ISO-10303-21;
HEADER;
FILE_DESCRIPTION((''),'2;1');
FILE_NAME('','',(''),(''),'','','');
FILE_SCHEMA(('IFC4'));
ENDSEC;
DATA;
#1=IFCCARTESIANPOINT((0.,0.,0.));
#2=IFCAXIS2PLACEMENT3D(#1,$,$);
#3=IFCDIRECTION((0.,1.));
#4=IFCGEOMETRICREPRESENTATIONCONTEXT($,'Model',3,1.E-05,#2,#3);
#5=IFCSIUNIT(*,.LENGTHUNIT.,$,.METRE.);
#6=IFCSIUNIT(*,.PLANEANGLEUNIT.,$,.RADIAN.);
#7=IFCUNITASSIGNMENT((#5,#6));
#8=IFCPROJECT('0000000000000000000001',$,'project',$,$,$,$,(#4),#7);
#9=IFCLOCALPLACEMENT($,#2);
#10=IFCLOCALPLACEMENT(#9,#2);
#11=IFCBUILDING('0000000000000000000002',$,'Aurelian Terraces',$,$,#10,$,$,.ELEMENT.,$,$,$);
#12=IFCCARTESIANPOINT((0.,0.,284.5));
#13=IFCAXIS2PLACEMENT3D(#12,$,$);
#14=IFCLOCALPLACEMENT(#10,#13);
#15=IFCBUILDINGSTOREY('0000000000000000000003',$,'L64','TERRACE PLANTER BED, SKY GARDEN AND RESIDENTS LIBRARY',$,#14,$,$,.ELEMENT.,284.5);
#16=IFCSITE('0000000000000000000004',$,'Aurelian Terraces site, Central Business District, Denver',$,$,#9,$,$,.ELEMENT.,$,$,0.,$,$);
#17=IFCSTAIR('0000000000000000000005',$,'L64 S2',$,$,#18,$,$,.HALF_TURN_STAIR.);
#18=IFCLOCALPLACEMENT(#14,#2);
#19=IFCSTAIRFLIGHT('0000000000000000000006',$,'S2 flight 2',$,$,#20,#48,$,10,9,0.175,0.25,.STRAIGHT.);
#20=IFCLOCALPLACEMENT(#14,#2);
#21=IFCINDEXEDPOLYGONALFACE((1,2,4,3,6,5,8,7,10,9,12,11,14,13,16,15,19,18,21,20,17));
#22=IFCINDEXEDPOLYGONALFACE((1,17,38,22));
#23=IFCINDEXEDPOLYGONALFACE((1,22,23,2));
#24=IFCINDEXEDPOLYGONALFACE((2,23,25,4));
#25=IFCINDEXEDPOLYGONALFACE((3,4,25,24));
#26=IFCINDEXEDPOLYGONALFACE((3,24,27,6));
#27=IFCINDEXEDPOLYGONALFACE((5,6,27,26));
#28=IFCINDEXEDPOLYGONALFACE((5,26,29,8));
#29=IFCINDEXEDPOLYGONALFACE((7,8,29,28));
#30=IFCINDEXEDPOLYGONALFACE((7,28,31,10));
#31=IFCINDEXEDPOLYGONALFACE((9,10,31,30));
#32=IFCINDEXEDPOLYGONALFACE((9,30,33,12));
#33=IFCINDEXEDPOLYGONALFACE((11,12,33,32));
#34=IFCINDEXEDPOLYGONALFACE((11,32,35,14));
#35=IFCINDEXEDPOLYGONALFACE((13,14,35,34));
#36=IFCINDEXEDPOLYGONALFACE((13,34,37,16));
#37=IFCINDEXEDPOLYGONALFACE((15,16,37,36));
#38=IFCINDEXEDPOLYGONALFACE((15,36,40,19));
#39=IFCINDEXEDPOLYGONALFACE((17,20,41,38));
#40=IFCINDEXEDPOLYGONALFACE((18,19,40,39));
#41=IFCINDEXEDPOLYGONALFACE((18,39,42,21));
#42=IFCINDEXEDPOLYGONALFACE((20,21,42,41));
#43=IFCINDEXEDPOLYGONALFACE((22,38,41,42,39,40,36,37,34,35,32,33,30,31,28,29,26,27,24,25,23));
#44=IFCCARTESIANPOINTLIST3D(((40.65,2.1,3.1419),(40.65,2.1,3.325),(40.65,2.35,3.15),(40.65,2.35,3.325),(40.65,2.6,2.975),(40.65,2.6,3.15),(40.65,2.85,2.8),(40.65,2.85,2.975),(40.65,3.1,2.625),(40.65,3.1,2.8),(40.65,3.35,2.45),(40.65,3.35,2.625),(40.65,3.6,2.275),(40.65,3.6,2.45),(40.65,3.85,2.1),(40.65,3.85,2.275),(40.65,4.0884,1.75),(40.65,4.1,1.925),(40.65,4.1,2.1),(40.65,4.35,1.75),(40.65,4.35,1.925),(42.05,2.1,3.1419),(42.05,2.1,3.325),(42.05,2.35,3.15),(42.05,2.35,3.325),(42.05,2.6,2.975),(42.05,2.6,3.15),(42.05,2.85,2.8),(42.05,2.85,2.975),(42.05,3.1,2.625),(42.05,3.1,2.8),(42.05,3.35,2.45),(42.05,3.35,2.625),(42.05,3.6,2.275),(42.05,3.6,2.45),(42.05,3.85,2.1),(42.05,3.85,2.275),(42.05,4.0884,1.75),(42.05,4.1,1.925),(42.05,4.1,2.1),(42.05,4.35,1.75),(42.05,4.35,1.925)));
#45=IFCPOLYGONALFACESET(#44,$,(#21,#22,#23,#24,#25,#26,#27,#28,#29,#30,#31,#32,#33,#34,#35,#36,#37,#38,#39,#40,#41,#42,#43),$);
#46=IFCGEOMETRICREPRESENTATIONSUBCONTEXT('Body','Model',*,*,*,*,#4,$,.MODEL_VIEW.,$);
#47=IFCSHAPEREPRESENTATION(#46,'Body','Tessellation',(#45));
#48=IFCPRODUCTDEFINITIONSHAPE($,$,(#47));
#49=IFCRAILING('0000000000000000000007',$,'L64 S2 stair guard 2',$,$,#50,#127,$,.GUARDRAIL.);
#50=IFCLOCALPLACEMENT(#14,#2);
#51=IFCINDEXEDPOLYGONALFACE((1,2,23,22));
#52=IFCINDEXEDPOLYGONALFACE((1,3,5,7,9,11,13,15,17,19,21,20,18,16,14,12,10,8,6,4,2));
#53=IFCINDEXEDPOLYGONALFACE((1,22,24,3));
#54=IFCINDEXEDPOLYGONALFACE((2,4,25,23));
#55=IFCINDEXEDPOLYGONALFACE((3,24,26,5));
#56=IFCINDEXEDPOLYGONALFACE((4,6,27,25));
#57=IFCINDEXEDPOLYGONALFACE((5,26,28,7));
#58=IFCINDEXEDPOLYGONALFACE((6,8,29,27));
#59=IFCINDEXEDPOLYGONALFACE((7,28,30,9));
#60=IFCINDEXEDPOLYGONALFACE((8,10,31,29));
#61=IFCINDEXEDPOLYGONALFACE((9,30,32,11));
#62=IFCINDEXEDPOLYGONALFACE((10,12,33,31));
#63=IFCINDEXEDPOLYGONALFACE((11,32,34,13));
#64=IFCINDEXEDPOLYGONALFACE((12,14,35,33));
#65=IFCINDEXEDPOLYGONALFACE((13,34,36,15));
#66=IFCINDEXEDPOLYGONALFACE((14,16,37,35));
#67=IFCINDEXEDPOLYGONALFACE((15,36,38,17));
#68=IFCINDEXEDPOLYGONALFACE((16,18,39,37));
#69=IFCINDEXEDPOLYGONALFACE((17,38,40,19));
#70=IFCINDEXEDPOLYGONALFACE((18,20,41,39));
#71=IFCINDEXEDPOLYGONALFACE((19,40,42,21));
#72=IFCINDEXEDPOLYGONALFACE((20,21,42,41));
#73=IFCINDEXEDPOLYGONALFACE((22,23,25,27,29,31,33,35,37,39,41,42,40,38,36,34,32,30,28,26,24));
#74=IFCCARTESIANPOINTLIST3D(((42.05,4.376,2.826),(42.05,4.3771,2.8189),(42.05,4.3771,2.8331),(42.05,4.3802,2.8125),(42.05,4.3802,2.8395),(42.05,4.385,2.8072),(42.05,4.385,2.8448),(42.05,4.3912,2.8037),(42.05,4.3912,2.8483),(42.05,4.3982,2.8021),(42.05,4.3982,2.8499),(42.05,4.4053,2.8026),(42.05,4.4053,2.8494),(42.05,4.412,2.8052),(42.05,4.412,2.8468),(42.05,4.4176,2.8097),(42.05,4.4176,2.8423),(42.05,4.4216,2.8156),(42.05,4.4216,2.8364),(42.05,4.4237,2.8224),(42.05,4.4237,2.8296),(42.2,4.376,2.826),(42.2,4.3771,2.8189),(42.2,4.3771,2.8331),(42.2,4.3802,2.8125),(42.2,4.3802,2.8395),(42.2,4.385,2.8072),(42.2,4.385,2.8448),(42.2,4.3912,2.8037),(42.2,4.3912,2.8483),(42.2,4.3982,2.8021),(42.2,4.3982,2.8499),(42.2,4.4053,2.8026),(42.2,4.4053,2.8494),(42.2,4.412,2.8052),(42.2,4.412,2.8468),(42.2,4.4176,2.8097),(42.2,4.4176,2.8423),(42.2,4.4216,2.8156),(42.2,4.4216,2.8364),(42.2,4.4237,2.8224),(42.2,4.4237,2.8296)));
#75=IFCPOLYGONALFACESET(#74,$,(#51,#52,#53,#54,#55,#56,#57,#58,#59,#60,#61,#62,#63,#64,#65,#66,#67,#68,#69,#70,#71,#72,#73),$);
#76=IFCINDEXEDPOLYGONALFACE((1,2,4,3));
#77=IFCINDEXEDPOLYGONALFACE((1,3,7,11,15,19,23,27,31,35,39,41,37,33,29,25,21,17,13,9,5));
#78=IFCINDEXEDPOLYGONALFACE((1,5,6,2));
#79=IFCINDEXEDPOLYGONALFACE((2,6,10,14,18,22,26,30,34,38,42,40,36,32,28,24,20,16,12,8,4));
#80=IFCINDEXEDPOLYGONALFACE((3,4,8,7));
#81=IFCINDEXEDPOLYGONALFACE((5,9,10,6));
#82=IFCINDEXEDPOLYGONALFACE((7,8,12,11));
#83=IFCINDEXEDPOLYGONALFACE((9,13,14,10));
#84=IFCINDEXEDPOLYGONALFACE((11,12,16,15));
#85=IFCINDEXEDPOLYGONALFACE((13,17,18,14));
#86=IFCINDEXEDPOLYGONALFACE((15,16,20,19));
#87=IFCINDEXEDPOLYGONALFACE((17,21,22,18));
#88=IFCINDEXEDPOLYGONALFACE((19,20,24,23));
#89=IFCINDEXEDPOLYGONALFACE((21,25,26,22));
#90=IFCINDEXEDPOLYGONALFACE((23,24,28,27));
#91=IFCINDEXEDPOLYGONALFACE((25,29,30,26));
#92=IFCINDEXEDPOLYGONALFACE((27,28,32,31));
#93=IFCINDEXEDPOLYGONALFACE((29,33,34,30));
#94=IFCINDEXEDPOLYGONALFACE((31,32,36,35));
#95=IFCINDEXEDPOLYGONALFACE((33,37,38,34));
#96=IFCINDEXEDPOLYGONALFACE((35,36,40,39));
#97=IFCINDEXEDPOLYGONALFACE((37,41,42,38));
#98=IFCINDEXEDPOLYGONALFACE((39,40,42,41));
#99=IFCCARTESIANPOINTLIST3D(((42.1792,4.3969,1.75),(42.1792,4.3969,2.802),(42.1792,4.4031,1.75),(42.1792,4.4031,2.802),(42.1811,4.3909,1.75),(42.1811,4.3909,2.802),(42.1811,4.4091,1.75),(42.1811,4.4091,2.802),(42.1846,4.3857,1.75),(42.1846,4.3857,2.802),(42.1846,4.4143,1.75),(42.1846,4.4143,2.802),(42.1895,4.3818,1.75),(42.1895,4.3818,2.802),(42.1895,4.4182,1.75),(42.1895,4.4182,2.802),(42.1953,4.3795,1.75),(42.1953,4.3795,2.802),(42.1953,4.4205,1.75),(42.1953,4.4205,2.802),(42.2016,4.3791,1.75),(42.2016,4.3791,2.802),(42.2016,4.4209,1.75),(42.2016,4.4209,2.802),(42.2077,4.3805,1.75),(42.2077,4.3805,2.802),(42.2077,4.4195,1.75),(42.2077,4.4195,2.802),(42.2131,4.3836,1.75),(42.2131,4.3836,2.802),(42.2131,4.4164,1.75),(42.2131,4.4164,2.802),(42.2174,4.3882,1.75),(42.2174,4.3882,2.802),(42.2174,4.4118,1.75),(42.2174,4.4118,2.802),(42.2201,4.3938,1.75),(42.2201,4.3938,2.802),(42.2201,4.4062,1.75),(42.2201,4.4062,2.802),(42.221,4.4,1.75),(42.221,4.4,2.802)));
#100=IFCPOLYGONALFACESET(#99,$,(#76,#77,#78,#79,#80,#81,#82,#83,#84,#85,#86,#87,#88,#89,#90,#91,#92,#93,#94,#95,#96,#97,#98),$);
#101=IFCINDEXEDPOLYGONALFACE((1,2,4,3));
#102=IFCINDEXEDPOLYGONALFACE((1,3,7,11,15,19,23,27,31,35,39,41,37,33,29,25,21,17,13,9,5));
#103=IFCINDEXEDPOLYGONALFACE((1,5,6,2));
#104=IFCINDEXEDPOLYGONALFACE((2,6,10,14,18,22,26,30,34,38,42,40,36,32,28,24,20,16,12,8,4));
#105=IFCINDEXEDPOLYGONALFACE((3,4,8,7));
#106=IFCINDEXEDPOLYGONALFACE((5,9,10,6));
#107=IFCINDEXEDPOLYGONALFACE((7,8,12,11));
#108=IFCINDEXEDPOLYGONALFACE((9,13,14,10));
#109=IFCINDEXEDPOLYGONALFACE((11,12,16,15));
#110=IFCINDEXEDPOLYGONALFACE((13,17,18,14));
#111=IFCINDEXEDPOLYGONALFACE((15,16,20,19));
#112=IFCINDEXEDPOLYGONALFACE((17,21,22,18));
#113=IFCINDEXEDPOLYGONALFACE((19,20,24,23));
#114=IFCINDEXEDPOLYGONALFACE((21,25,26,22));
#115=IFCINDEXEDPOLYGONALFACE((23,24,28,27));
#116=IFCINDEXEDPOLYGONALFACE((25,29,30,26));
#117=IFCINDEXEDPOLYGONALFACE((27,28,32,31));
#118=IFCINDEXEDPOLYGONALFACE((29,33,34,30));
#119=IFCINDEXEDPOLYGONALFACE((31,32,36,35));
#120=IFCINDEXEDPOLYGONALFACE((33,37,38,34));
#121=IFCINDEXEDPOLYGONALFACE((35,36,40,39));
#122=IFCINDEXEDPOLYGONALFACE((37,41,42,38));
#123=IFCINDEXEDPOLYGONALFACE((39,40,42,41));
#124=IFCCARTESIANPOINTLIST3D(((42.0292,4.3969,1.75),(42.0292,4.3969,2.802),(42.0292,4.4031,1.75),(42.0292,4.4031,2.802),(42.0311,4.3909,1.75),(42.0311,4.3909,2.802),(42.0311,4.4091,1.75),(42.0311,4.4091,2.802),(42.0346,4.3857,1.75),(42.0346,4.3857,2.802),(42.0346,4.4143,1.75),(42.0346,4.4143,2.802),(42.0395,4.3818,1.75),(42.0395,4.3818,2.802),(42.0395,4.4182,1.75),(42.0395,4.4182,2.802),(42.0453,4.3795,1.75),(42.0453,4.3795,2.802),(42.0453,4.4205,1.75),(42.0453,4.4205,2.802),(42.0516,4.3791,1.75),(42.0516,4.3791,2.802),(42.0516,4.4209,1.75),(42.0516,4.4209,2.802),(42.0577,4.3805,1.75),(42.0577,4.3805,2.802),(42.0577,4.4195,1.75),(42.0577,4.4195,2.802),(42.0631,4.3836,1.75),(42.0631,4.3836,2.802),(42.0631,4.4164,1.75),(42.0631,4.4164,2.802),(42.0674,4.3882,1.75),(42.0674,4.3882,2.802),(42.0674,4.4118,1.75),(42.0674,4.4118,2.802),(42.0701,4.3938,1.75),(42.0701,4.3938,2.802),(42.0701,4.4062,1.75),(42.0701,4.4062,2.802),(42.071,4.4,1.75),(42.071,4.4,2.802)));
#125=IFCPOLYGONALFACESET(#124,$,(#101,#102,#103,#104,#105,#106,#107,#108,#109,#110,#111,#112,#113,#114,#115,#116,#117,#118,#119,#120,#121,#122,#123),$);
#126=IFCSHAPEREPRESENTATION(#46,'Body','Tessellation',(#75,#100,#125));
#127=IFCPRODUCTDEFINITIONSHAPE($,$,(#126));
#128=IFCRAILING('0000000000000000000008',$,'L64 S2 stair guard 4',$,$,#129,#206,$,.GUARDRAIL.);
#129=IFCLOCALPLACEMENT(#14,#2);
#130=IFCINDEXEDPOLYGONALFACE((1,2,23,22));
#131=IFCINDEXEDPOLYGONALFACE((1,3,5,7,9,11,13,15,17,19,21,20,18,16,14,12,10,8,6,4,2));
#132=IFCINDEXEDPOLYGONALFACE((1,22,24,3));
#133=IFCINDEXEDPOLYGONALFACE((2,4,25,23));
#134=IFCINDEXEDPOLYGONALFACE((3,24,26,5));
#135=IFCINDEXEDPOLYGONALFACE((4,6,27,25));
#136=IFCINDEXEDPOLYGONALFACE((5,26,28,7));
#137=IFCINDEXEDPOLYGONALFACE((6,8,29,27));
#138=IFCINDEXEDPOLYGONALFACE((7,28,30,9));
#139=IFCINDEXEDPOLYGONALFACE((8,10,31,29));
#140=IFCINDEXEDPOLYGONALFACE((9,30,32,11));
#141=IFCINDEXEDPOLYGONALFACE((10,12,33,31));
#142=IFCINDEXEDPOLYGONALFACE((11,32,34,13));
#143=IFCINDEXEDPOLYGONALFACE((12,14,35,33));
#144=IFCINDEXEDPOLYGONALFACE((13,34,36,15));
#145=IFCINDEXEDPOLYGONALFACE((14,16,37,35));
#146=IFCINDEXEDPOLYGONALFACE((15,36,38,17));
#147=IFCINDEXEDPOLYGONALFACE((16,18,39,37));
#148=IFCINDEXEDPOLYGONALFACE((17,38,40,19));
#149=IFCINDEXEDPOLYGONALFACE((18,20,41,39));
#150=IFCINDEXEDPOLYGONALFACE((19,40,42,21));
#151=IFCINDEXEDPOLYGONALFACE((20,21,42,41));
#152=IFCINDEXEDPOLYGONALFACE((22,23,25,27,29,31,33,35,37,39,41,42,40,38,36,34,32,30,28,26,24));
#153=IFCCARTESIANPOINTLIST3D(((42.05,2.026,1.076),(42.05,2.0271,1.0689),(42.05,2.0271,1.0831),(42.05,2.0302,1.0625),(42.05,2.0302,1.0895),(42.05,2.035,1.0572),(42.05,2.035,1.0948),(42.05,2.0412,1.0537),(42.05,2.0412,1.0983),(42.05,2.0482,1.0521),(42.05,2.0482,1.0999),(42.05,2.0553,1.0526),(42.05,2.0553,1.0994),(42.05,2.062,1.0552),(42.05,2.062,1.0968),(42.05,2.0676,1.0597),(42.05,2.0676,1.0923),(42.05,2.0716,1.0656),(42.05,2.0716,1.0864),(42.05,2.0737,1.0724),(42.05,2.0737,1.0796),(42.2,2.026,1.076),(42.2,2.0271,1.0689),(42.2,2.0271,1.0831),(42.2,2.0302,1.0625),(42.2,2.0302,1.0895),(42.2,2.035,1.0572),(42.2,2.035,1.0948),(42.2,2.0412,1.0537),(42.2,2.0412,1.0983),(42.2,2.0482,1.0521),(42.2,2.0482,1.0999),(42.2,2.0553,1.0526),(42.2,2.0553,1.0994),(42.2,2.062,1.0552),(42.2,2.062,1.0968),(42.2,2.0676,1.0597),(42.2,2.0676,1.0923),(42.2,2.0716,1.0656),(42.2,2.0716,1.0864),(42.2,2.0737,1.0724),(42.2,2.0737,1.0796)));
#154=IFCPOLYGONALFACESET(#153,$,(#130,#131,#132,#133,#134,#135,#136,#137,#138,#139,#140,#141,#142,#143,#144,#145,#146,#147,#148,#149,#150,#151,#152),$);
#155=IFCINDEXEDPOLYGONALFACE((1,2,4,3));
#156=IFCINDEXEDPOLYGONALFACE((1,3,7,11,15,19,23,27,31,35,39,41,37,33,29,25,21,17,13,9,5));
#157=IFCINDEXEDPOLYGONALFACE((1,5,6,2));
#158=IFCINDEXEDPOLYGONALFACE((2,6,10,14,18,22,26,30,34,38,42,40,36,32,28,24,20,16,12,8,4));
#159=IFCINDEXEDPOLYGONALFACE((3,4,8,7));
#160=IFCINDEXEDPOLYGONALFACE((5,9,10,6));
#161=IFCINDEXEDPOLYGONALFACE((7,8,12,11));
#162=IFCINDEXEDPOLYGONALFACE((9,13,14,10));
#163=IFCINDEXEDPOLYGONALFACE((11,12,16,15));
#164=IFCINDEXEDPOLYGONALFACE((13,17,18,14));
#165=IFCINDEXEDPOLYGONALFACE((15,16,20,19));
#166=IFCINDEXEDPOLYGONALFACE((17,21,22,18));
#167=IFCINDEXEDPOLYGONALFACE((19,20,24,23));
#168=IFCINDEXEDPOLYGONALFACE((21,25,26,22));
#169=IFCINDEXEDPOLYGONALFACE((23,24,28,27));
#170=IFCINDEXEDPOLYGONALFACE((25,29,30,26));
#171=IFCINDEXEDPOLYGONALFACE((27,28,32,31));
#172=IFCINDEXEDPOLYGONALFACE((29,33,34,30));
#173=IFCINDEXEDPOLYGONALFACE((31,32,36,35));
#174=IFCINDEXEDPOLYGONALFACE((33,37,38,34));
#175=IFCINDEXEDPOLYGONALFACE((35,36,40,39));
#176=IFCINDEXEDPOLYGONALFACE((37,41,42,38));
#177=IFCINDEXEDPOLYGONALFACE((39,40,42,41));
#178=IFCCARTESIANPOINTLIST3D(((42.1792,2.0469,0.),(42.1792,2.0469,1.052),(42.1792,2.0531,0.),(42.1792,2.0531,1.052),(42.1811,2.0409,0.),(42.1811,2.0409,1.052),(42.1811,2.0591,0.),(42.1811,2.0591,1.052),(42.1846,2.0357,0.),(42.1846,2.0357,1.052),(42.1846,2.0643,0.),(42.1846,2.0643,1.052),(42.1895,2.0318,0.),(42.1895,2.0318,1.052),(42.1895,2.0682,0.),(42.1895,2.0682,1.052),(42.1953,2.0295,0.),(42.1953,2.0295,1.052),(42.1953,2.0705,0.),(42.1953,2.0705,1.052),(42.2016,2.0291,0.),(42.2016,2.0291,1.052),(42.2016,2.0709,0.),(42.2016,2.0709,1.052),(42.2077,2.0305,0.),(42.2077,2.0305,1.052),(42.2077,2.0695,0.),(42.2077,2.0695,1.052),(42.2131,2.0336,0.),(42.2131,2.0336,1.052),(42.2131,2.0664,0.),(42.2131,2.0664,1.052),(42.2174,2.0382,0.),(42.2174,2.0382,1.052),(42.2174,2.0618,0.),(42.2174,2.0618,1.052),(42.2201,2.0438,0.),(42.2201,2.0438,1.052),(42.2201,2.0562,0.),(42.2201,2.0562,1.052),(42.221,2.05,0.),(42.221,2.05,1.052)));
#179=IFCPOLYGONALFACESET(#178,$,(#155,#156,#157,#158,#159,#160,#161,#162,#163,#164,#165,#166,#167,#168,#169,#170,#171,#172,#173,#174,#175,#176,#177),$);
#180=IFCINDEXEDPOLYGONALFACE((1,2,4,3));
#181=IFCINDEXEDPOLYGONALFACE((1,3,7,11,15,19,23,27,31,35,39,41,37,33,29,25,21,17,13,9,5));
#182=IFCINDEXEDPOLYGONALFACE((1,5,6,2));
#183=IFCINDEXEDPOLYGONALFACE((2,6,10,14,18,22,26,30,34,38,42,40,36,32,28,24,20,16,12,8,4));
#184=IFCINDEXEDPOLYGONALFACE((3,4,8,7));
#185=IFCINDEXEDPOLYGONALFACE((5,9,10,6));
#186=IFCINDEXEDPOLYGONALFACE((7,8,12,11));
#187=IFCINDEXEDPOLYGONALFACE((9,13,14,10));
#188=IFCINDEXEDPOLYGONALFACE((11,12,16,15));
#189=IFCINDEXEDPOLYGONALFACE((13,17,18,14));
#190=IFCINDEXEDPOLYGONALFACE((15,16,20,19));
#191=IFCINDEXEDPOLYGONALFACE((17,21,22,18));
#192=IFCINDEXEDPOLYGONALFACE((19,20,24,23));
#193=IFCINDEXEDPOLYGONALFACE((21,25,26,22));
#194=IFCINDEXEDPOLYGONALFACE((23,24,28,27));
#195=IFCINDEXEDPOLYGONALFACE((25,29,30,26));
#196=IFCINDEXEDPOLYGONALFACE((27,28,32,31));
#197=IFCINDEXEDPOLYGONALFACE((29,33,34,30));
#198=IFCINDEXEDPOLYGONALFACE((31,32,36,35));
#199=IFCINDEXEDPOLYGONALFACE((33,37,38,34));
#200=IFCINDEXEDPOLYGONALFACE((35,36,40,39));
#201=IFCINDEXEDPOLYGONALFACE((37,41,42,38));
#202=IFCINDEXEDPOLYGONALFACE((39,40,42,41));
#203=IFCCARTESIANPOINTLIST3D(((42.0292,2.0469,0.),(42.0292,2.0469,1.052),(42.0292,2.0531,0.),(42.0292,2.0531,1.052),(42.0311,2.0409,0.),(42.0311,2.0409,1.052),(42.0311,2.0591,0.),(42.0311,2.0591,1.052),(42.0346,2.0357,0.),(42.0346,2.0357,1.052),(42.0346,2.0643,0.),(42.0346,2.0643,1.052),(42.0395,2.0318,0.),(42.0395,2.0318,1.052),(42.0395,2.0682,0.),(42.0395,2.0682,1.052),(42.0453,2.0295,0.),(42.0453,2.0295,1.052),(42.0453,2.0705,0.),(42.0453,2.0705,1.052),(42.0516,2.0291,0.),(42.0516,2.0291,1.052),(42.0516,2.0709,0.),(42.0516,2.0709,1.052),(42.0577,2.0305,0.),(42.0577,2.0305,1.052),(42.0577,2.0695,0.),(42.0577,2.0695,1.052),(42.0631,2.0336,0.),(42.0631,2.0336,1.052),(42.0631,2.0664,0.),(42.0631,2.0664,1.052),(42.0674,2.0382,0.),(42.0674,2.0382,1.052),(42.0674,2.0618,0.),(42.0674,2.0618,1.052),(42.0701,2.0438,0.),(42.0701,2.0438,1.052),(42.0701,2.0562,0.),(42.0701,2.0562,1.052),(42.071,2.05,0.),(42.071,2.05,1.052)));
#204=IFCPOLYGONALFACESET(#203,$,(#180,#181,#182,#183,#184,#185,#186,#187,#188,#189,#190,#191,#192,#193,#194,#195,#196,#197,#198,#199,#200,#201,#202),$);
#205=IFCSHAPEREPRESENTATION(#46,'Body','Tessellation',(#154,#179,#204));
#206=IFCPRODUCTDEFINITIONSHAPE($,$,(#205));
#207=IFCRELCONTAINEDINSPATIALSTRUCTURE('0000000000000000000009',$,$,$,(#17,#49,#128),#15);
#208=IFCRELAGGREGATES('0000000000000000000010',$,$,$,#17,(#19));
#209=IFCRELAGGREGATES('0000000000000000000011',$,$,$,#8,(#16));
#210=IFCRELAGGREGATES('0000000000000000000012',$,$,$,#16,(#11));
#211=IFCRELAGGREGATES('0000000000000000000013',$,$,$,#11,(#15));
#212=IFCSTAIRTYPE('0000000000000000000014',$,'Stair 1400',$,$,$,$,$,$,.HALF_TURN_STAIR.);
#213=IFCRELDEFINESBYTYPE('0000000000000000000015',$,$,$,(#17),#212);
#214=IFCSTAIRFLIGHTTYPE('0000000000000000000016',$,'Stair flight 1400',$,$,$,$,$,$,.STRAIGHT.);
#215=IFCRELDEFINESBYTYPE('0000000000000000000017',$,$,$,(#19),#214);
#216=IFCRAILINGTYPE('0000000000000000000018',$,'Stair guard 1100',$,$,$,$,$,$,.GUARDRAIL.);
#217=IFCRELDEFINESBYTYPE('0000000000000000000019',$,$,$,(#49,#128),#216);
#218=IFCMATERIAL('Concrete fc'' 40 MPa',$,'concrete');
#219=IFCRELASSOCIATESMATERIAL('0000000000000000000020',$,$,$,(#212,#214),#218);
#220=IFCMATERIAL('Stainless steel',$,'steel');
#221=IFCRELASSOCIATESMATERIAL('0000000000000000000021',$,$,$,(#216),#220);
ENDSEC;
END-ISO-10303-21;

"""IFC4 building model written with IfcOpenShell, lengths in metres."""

from ifc_helpers import new_model, si_unit, direction, frame, origin, origin_2d, place, context, subcontext, project, spatial, polyline, circle, outline, extrude, source, transform, mapped, material, type_object, element, aggregate, save


model = new_model("IFC4")

# Units and contexts
model_context = context("Model", 3, precision=1e-05, world=origin(), true_north=direction((0.0, 1.0)))
body_context = subcontext(model_context, "Body", "Model", "MODEL_VIEW")
ifc_project = project(units=[si_unit("LENGTHUNIT", "METRE"), si_unit("PLANEANGLEUNIT", "RADIAN")], contexts=[model_context])

# Site, building, storey
site_placement = place(None, origin())
site = spatial("IfcSite", under=ifc_project, at=site_placement, Name="Aurelian Terraces site, Central Business District, Denver", CompositionType="ELEMENT", RefElevation=0.0)
building_placement = place(site_placement, origin())
building = spatial("IfcBuilding", under=site, at=building_placement, Name="Aurelian Terraces", CompositionType="ELEMENT")
storey_placement = place(building_placement, frame((0.0, 0.0, 284.5)))
storey = spatial("IfcBuildingStorey", under=building, at=storey_placement, Name="L64", Description="TERRACE PLANTER BED, SKY GARDEN AND RESIDENTS LIBRARY", CompositionType="ELEMENT", Elevation=284.5)

# Shared definitions
ifc_material_1 = material(Name="Concrete fc' 40 MPa", Category="concrete")

# Stair, stair flight
stair_type = type_object("IfcStairType", Name="Stair 1400", PredefinedType="HALF_TURN_STAIR", material=ifc_material_1)
stair_placement = place(storey_placement, origin())
stair = element("IfcStair", 1, at=stair_placement, inside=storey, type_object=stair_type, Name="L64 S2", PredefinedType="HALF_TURN_STAIR")
stair_flight_type = type_object("IfcStairFlightType", Name="Stair flight 1400", PredefinedType="STRAIGHT", material=ifc_material_1)
shared_shape_1 = source(origin(), body_context, "Body", "SweptSolid", [
    extrude(outline(polyline([(0.0, 0.0), (0.0, 0.175), (0.25, 0.175), (0.25, 0.35), (0.5, 0.35), (0.5, 0.525), (0.75, 0.525), (0.75, 0.7), (1.0, 0.7), (1.0, 0.875), (1.25, 0.875), (1.25, 1.05), (1.5, 1.05), (1.5, 1.225), (1.75, 1.225), (1.75, 1.4), (2.0, 1.4), (2.0, 1.575), (2.25, 1.575), (2.25, 1.75), (2.25, 1.3919), (0.2616, 0.0), (0.0, 0.0)])), frame((0.0, 0.7, 0.0), z_axis=(0.0, -1.0, 0.0), x_axis=(1.0, 0.0, 0.0)), (0.0, 0.0, 1.0), 1.4),
])
stair_flight_1_placement = place(storey_placement, frame((41.35, 4.35, 1.75), z_axis=(0.0, 0.0, 1.0), x_axis=(0.0, -1.0, 0.0)))
stair_flight_1 = element("IfcStairFlight", 2, at=stair_flight_1_placement, type_object=stair_flight_type, Name="S2 flight 2", NumberOfRisers=10, NumberOfTreads=9, PredefinedType="STRAIGHT", RiserHeight=0.175, TreadLength=0.25, context=body_context, shape_type="MappedRepresentation", body=[
    mapped(shared_shape_1, transform((0.0, 0.0, 0.0), scale=1.0)),
])
aggregate(stair, [stair_flight_1])

# Railings
ifc_material_2 = material(Name="Stainless steel", Category="steel")
railing_type_1 = type_object("IfcRailingType", Name="Stair guard 1100", PredefinedType="GUARDRAIL", material=ifc_material_2)
shared_shape_2 = source(origin(), body_context, "Body", "SweptSolid", [
    extrude(circle(Radius=0.024, at=origin_2d()), frame((0.0, 0.0, 1.076), z_axis=(-1.0, 0.0, 0.0), x_axis=(0.0, -1.0, 0.0)), (0.0, 0.0, 1.0), 0.15),
    extrude(circle(Radius=0.021, at=origin_2d()), origin(), (0.0, 0.0, 1.0), 1.052),
    extrude(circle(Radius=0.021, at=origin_2d()), frame((-0.15, 0.0, 0.0)), (0.0, 0.0, 1.0), 1.052),
])
for number, where, name in (
    (3, (42.2, 4.4, 1.75), "L64 S2 stair guard 2"),
    (4, (42.2, 2.05, 0.0), "L64 S2 stair guard 4"),
):
    element("IfcRailing", number, at=place(storey_placement, frame(where)), inside=storey, type_object=railing_type_1, Name=name, PredefinedType="GUARDRAIL", context=body_context, shape_type="MappedRepresentation", body=[
        mapped(shared_shape_2, transform((0.0, 0.0, 0.0), scale=1.0)),
    ])

save(model, "model.ifc")
